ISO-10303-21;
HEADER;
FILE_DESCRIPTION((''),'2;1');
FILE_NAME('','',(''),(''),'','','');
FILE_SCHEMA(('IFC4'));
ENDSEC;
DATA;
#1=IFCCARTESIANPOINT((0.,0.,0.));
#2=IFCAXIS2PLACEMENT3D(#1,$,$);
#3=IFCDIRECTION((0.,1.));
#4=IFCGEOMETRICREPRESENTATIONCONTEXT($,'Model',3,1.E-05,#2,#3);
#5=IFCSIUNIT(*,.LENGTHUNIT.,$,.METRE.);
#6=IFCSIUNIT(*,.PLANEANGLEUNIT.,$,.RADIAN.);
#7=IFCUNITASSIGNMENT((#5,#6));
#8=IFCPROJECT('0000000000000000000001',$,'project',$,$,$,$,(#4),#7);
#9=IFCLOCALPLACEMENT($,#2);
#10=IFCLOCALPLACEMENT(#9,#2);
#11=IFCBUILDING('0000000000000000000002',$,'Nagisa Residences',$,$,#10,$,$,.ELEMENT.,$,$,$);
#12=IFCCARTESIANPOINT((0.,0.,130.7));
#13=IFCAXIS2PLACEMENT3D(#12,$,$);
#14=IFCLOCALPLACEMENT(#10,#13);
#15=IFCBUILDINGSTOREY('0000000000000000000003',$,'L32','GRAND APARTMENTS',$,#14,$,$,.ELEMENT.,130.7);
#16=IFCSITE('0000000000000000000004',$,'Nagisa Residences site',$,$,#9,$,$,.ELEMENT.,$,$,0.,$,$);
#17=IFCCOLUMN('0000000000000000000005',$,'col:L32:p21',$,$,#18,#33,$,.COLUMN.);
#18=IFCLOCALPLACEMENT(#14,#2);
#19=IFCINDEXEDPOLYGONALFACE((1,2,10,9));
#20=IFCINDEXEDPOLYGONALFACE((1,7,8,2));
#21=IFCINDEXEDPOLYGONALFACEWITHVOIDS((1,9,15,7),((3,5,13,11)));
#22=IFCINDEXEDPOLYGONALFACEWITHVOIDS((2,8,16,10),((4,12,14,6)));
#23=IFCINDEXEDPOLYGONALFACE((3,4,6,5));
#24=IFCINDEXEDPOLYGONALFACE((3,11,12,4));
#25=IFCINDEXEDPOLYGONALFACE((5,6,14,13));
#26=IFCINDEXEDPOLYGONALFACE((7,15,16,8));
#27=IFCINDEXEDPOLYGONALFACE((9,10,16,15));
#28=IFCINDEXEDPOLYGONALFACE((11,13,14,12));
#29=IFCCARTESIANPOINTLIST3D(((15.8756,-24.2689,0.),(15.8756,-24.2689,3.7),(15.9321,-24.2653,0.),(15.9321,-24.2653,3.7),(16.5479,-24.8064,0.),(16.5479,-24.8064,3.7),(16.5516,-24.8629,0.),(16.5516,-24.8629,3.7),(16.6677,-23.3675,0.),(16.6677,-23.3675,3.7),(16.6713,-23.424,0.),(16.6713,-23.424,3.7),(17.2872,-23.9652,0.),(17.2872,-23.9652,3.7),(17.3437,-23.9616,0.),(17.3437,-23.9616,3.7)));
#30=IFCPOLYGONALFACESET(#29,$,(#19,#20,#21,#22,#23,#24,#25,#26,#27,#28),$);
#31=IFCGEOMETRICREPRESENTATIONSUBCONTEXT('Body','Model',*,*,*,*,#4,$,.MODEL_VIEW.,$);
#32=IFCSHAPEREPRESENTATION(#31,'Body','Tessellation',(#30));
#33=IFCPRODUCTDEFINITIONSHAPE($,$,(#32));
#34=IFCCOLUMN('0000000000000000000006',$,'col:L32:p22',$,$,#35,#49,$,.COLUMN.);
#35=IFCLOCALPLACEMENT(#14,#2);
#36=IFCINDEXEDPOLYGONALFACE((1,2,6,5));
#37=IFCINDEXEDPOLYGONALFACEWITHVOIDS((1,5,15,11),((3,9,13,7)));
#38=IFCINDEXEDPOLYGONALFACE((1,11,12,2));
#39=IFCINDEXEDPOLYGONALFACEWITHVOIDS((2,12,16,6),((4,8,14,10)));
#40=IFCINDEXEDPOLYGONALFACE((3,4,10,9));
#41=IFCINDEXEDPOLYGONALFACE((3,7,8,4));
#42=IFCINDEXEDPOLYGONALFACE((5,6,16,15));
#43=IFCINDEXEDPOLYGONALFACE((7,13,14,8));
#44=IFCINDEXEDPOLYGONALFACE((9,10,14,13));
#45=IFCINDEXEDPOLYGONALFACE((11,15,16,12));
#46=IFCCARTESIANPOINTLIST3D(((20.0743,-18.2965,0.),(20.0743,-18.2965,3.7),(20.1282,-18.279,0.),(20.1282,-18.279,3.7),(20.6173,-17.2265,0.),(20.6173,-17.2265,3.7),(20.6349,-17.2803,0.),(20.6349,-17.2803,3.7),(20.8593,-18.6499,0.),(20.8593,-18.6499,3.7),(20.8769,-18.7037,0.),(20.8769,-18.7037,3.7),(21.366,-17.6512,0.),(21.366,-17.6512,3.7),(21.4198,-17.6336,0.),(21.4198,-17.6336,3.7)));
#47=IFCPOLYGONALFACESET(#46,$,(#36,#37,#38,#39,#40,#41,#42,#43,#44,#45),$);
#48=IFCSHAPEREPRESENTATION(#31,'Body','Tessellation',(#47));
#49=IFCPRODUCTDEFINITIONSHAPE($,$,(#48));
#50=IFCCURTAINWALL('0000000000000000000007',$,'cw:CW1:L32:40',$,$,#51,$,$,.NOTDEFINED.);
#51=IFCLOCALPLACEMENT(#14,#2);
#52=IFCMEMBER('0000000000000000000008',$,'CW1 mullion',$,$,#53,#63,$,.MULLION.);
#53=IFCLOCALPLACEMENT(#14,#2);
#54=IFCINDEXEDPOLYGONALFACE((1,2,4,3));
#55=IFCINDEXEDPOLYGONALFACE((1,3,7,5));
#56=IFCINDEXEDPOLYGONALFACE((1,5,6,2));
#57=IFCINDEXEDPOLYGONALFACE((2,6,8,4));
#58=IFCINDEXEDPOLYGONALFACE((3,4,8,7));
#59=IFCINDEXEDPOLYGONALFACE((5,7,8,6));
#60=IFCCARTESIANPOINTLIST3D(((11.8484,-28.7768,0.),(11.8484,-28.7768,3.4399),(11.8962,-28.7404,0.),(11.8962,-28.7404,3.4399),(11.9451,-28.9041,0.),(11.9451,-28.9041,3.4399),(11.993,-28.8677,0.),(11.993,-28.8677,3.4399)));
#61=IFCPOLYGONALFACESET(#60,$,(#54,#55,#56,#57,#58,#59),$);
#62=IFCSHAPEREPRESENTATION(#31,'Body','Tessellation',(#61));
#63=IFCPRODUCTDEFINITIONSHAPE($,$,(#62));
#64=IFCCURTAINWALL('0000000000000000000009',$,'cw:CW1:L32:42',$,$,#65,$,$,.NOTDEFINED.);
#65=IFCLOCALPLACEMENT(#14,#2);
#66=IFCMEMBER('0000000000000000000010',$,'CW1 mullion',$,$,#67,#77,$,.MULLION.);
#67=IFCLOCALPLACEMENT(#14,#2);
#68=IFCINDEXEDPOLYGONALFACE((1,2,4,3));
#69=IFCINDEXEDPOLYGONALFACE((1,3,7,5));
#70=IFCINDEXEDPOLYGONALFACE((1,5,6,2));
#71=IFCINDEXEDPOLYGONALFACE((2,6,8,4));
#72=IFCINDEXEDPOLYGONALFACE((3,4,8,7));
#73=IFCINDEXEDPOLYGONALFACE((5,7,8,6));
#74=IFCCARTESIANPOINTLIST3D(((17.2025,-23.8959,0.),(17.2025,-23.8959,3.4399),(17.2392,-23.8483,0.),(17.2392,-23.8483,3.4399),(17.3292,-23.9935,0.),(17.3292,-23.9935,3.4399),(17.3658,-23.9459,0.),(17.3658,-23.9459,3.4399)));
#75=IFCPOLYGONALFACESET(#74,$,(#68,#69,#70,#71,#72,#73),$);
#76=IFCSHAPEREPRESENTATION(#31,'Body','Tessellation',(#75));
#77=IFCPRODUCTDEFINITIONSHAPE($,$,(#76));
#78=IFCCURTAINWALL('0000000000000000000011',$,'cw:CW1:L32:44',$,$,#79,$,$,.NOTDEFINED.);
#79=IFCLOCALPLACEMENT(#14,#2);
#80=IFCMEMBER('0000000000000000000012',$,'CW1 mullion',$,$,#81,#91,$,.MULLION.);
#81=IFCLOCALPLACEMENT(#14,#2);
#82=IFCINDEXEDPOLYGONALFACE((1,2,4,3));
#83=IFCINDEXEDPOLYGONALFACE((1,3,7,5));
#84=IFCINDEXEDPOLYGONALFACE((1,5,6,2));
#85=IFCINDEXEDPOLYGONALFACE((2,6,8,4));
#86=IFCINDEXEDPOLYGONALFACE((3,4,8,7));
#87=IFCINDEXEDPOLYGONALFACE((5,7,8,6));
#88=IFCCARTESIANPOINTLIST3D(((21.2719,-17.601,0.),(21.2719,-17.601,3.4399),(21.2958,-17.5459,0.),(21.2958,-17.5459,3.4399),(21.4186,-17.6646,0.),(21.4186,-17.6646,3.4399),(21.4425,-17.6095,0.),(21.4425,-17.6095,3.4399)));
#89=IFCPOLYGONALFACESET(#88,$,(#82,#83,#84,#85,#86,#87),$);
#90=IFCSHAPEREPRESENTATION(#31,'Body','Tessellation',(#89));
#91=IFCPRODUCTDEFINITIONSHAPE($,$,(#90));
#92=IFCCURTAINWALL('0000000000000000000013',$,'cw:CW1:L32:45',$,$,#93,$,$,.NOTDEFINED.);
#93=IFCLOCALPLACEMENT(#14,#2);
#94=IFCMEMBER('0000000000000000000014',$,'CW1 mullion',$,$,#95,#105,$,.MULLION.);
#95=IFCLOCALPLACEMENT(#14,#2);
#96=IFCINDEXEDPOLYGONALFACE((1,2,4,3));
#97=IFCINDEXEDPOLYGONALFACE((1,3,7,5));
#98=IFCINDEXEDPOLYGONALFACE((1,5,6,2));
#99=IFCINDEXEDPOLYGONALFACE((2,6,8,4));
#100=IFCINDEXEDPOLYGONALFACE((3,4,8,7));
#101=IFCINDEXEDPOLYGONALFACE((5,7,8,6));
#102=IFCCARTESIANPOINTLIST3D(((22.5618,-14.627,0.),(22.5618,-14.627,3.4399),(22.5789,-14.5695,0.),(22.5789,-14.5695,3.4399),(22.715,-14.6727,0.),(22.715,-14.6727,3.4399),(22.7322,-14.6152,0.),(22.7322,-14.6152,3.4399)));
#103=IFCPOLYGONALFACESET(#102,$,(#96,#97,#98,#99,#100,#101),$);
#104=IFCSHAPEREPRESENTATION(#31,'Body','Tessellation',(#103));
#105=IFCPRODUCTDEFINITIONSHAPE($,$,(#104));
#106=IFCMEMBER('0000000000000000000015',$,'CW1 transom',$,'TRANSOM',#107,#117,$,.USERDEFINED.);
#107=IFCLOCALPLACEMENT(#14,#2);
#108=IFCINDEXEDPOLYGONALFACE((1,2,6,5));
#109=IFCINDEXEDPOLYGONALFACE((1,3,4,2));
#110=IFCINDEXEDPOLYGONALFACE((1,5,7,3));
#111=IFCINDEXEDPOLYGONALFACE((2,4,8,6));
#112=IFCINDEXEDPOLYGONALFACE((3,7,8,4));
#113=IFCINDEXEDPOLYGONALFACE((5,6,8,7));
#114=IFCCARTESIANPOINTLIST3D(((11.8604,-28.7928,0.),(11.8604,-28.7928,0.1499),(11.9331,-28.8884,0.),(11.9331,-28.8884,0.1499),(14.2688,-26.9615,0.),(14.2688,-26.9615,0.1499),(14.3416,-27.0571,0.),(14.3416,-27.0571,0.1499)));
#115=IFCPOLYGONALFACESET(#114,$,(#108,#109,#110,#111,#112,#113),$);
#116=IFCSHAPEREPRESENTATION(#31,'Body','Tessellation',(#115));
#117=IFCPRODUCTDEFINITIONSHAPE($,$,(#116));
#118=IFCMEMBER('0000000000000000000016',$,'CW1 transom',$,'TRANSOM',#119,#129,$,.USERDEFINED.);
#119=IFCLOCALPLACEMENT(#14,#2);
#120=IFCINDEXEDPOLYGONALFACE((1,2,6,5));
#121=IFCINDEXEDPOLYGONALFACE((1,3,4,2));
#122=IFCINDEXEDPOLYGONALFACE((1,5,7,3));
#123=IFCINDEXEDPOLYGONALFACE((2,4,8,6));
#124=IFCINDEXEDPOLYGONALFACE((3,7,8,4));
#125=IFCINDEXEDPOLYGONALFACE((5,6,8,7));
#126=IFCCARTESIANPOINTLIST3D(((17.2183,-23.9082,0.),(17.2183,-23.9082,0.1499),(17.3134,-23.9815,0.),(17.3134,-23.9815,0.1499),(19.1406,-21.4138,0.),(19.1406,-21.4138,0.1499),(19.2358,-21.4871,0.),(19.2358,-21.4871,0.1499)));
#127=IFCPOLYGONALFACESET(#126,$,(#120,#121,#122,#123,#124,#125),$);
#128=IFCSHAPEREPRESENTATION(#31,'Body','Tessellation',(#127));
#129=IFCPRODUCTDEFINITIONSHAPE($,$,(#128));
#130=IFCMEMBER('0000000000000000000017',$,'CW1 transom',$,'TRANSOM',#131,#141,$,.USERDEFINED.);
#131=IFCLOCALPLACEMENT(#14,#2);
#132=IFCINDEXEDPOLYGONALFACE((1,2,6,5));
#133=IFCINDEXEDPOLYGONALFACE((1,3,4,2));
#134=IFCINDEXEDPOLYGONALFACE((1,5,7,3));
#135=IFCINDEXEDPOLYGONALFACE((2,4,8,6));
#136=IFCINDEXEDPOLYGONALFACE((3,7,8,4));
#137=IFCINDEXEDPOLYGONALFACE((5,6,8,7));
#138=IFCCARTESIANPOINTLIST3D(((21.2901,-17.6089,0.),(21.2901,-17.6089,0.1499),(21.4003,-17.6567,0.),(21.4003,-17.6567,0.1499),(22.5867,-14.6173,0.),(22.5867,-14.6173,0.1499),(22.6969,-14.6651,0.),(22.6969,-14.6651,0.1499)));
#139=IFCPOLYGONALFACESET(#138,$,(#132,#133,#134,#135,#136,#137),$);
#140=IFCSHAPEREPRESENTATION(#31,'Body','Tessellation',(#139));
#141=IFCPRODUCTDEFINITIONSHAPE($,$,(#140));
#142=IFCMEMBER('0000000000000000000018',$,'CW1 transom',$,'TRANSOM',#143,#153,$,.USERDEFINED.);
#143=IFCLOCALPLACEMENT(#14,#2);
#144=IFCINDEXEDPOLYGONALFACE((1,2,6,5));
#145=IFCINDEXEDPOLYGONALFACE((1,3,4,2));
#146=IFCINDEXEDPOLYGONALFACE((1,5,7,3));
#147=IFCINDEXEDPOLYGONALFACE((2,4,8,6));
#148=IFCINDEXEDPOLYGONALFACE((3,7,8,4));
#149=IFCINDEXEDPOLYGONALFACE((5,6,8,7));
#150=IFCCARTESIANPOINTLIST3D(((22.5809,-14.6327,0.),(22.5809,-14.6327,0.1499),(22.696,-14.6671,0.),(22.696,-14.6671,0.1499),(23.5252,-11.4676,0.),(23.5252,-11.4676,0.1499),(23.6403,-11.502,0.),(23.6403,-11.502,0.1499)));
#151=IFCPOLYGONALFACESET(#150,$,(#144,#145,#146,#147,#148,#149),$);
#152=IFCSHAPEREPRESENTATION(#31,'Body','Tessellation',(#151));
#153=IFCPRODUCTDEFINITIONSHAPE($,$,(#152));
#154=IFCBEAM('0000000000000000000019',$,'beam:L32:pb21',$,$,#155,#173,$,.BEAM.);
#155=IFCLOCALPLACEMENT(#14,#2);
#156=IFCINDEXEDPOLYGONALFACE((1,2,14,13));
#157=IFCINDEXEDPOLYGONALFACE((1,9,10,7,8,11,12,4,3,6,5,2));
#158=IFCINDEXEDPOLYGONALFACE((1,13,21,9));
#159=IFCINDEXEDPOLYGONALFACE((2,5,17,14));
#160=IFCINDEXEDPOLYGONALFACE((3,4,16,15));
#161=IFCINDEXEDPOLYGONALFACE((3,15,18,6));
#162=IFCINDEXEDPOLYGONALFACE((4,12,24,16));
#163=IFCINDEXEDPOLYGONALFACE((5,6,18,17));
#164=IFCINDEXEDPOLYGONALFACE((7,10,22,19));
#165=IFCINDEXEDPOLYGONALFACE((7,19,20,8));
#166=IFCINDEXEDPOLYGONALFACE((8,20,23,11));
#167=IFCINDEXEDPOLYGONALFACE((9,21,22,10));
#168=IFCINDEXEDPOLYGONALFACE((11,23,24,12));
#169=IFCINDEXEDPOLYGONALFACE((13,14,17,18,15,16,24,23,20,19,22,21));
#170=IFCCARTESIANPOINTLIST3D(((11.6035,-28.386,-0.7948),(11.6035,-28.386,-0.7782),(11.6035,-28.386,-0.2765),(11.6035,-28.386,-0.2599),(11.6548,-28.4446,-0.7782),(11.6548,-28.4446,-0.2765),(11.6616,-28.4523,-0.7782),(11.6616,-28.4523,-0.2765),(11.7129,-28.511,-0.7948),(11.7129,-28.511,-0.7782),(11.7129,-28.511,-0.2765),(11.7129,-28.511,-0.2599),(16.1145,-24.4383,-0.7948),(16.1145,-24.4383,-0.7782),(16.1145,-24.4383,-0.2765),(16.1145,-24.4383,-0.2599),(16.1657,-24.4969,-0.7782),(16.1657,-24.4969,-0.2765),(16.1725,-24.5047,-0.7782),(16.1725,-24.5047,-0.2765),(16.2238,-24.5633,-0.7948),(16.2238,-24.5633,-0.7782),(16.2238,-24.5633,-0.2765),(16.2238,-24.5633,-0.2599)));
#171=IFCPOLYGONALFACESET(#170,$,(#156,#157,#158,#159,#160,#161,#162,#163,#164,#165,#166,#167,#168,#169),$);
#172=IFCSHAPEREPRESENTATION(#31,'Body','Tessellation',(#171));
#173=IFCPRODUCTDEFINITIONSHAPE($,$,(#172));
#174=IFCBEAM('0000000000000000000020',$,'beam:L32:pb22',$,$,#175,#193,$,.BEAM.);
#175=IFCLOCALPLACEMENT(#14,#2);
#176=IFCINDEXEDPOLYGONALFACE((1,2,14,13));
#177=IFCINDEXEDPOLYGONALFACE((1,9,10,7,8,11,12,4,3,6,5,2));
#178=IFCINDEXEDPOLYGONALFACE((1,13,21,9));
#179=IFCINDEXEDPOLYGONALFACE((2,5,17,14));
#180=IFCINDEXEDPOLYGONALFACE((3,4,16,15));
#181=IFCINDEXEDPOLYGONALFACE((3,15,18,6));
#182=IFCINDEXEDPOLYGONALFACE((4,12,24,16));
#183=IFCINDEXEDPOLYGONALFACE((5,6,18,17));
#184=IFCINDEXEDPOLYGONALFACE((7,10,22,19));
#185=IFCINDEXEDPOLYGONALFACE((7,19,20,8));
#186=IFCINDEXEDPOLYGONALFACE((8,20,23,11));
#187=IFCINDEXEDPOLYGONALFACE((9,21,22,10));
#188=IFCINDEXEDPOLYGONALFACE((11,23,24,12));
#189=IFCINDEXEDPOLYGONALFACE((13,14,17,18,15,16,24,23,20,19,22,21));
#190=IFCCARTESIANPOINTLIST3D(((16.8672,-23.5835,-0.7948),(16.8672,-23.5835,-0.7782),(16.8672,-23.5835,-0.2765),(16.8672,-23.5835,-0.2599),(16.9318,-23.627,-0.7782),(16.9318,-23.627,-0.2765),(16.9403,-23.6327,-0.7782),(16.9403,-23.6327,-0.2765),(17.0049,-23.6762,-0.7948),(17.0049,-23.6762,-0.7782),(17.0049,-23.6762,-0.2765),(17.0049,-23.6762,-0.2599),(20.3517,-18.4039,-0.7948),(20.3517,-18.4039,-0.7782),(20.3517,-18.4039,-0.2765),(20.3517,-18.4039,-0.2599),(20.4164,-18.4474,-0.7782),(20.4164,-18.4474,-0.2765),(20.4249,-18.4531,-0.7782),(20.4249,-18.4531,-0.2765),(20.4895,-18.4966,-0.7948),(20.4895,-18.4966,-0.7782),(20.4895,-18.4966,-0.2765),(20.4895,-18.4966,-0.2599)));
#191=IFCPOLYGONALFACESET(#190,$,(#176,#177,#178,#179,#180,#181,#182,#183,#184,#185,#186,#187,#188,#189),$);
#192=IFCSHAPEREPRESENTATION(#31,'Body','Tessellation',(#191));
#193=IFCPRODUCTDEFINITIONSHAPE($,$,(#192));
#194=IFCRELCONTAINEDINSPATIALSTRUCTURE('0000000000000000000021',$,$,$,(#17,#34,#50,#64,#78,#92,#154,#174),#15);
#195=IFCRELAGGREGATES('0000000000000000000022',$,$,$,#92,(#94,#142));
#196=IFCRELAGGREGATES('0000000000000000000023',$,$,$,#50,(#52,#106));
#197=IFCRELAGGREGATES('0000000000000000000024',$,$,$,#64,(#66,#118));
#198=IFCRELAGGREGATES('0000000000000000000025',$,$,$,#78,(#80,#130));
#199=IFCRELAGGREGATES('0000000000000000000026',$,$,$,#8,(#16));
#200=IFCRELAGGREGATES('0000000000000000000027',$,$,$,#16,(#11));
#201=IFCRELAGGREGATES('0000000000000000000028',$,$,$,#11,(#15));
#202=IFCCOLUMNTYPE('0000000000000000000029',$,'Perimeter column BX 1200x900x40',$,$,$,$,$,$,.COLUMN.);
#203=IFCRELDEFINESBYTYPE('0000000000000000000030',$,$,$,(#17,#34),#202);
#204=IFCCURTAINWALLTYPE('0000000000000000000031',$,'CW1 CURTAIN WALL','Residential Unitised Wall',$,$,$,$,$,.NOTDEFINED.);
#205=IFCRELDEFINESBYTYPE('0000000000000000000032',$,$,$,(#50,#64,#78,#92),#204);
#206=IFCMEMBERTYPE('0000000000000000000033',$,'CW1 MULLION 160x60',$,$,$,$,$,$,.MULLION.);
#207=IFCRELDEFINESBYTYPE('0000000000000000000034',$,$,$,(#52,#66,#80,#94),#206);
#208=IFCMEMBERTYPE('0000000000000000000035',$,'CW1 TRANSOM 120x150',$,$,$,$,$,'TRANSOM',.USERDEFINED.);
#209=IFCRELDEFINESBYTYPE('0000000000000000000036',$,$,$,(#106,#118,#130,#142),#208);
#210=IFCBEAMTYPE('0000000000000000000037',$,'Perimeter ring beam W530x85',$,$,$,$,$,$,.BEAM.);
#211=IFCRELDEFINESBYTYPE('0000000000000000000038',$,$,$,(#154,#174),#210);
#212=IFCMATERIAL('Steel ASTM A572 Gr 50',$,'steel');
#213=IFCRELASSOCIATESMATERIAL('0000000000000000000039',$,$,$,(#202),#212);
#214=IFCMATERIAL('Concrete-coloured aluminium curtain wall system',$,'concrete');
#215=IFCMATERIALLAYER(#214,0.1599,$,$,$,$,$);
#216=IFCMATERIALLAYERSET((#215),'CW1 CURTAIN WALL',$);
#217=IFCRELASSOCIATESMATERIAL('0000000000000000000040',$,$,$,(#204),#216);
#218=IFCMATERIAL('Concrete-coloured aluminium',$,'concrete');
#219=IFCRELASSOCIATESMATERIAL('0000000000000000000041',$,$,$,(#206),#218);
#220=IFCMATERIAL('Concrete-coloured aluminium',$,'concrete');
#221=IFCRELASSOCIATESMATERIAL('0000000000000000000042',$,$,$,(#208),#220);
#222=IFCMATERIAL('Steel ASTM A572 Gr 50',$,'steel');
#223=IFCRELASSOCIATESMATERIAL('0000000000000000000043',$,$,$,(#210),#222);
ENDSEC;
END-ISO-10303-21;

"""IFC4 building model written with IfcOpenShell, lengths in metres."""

from ifc_helpers import new_model, si_unit, direction, frame, origin, origin_2d, place, context, subcontext, project, spatial, rectangle, hollow_rectangle, i_section, extrude, material, layer, layer_set, material_profile, profile_set, type_object, element, aggregate, save


model = new_model("IFC4")

# Units and contexts
model_context = context("Model", 3, precision=1e-05, world=origin(), true_north=direction((0.0, 1.0)))
body_context = subcontext(model_context, "Body", "Model", "MODEL_VIEW")
ifc_project = project(units=[si_unit("LENGTHUNIT", "METRE"), si_unit("PLANEANGLEUNIT", "RADIAN")], contexts=[model_context])

# Site, building, storey
site_placement = place(None, origin())
site = spatial("IfcSite", under=ifc_project, at=site_placement, Name="Nagisa Residences site", CompositionType="ELEMENT", RefElevation=0.0)
building_placement = place(site_placement, origin())
building = spatial("IfcBuilding", under=site, at=building_placement, Name="Nagisa Residences", CompositionType="ELEMENT")
storey_placement = place(building_placement, frame((0.0, 0.0, 130.7)))
storey = spatial("IfcBuildingStorey", under=building, at=storey_placement, Name="L32", Description="GRAND APARTMENTS", CompositionType="ELEMENT", Elevation=130.7)

# Columns
ifc_material_1 = material(Name="Steel ASTM A572 Gr 50", Category="steel")
ifc_material_profile_1 = material_profile(ifc_material_1, hollow_rectangle(XDim=1.2, YDim=0.8999, WallThickness=0.04, at=origin_2d()), Name="BX 1200x900x40")
ifc_profile_set_1 = profile_set([ifc_material_profile_1], Name="Steel ASTM A572 Gr 50")
column_type = type_object("IfcColumnType", Name="Perimeter column BX 1200x900x40", PredefinedType="COLUMN", material=ifc_profile_set_1)
for number, where, z_axis, x_axis, name in (
    (1, (16.6096, -24.1152, 0.0), (0.0, 0.0, 1.0), (0.660115, 0.751165, 0.0), "col:L32:p21"),
    (2, (20.7471, -17.9651, 0.0), (0.0, 0.0, 1.0), (0.452463, 0.891783, 0.0), "col:L32:p22"),
):
    element("IfcColumn", number, at=place(storey_placement, frame(where, z_axis=z_axis, x_axis=x_axis)), inside=storey, type_object=column_type, Name=name, PredefinedType="COLUMN", context=body_context, shape_type="SweptSolid", body=[
        extrude(hollow_rectangle(XDim=1.2, YDim=0.8999, WallThickness=0.04, at=origin_2d()), origin(), (0.0, 0.0, 1.0), 3.7),
    ])

# Curtain walls, members
ifc_material_2 = material(Name="Concrete-coloured aluminium curtain wall system", Category="concrete")
ifc_layer_1 = layer(ifc_material_2, 0.1599)
ifc_layer_set_1 = layer_set([ifc_layer_1], Name="CW1 CURTAIN WALL")
curtain_wall_type = type_object("IfcCurtainWallType", Name="CW1 CURTAIN WALL", Description="Residential Unitised Wall", PredefinedType="NOTDEFINED", material=ifc_layer_set_1)
curtain_wall_1_placement = place(storey_placement, origin())
curtain_wall_1 = element("IfcCurtainWall", 3, at=curtain_wall_1_placement, inside=storey, type_object=curtain_wall_type, Name="cw:CW1:L32:40", PredefinedType="NOTDEFINED")
ifc_material_3 = material(Name="Concrete-coloured aluminium", Category="concrete")
ifc_material_profile_2 = material_profile(ifc_material_3, rectangle(XDim=0.1599, YDim=0.0601, at=origin_2d()), Name="CW1 MULLION 160x60")
ifc_profile_set_2 = profile_set([ifc_material_profile_2], Name="Concrete-coloured aluminium")
member_type_1 = type_object("IfcMemberType", Name="CW1 MULLION 160x60", PredefinedType="MULLION", material=ifc_profile_set_2)
member_1_placement = place(storey_placement, frame((11.9207, -28.8223, 0.0), z_axis=(0.0, 0.0, 1.0), x_axis=(-0.605255, 0.796031, 0.0)))
member_1 = element("IfcMember", 4, at=member_1_placement, type_object=member_type_1, Name="CW1 mullion", PredefinedType="MULLION", context=body_context, shape_type="SweptSolid", body=[
    extrude(rectangle(XDim=0.1599, YDim=0.0601, at=origin_2d()), origin(), (0.0, 0.0, 1.0), 3.4399),
])
curtain_wall_2_placement = place(storey_placement, origin())
curtain_wall_2 = element("IfcCurtainWall", 5, at=curtain_wall_2_placement, inside=storey, type_object=curtain_wall_type, Name="cw:CW1:L32:42", PredefinedType="NOTDEFINED")
member_2_placement = place(storey_placement, frame((17.2842, -23.9209, 0.0), z_axis=(0.0, 0.0, 1.0), x_axis=(-0.79207, 0.61043, 0.0)))
member_2 = element("IfcMember", 6, at=member_2_placement, type_object=member_type_1, Name="CW1 mullion", PredefinedType="MULLION", context=body_context, shape_type="SweptSolid", body=[
    extrude(rectangle(XDim=0.1599, YDim=0.0601, at=origin_2d()), origin(), (0.0, 0.0, 1.0), 3.4399),
])
curtain_wall_3_placement = place(storey_placement, origin())
curtain_wall_3 = element("IfcCurtainWall", 7, at=curtain_wall_3_placement, inside=storey, type_object=curtain_wall_type, Name="cw:CW1:L32:44", PredefinedType="NOTDEFINED")
member_3_placement = place(storey_placement, frame((21.3572, -17.6052, 0.0), z_axis=(0.0, 0.0, 1.0), x_axis=(-0.917543, 0.397636, 0.0)))
member_3 = element("IfcMember", 8, at=member_3_placement, type_object=member_type_1, Name="CW1 mullion", PredefinedType="MULLION", context=body_context, shape_type="SweptSolid", body=[
    extrude(rectangle(XDim=0.1599, YDim=0.0601, at=origin_2d()), origin(), (0.0, 0.0, 1.0), 3.4399),
])
curtain_wall_4_placement = place(storey_placement, origin())
curtain_wall_4 = element("IfcCurtainWall", 9, at=curtain_wall_4_placement, inside=storey, type_object=curtain_wall_type, Name="cw:CW1:L32:45", PredefinedType="NOTDEFINED")
member_4_placement = place(storey_placement, frame((22.647, -14.6211, 0.0), z_axis=(0.0, 0.0, 1.0), x_axis=(-0.958271, 0.28586, 0.0)))
member_4 = element("IfcMember", 10, at=member_4_placement, type_object=member_type_1, Name="CW1 mullion", PredefinedType="MULLION", context=body_context, shape_type="SweptSolid", body=[
    extrude(rectangle(XDim=0.1599, YDim=0.0601, at=origin_2d()), origin(), (0.0, 0.0, 1.0), 3.4399),
])

# Members
ifc_material_4 = material(Name="Concrete-coloured aluminium", Category="concrete")
ifc_material_profile_3 = material_profile(ifc_material_4, rectangle(XDim=0.1201, YDim=0.1499, at=origin_2d()), Name="CW1 TRANSOM 120x150")
ifc_profile_set_3 = profile_set([ifc_material_profile_3], Name="Concrete-coloured aluminium")
member_type_2 = type_object("IfcMemberType", Name="CW1 TRANSOM 120x150", ElementType="TRANSOM", PredefinedType="USERDEFINED", material=ifc_profile_set_3)
member_5_placement = place(storey_placement, frame((11.8967, -28.8406, 0.075), z_axis=(0.796022, 0.605267, 0.0), x_axis=(-0.605267, 0.796022, 0.0)))
member_5 = element("IfcMember", 11, at=member_5_placement, type_object=member_type_2, Name="CW1 transom", ObjectType="TRANSOM", PredefinedType="USERDEFINED", context=body_context, shape_type="SweptSolid", body=[
    extrude(rectangle(XDim=0.1201, YDim=0.1499, at=origin_2d()), origin(), (0.0, 0.0, 1.0), 3.0256),
])
member_6_placement = place(storey_placement, frame((17.2659, -23.9448, 0.075), z_axis=(0.61043, 0.79207, 0.0), x_axis=(-0.79207, 0.61043, 0.0)))
member_6 = element("IfcMember", 12, at=member_6_placement, type_object=member_type_2, Name="CW1 transom", ObjectType="TRANSOM", PredefinedType="USERDEFINED", context=body_context, shape_type="SweptSolid", body=[
    extrude(rectangle(XDim=0.1201, YDim=0.1499, at=origin_2d()), origin(), (0.0, 0.0, 1.0), 3.1492),
])
member_7_placement = place(storey_placement, frame((21.3452, -17.6328, 0.075), z_axis=(0.397666, 0.91753, 0.0), x_axis=(-0.91753, 0.397666, 0.0)))
member_7 = element("IfcMember", 13, at=member_7_placement, type_object=member_type_2, Name="CW1 transom", ObjectType="TRANSOM", PredefinedType="USERDEFINED", context=body_context, shape_type="SweptSolid", body=[
    extrude(rectangle(XDim=0.1201, YDim=0.1499, at=origin_2d()), origin(), (0.0, 0.0, 1.0), 3.2605),
])
member_8_placement = place(storey_placement, frame((22.6384, -14.6499, 0.075), z_axis=(0.28591, 0.958257, 0.0), x_axis=(-0.958257, 0.28591, 0.0)))
member_8 = element("IfcMember", 14, at=member_8_placement, type_object=member_type_2, Name="CW1 transom", ObjectType="TRANSOM", PredefinedType="USERDEFINED", context=body_context, shape_type="SweptSolid", body=[
    extrude(rectangle(XDim=0.1201, YDim=0.1499, at=origin_2d()), origin(), (0.0, 0.0, 1.0), 3.303),
])
aggregate(curtain_wall_4, [member_4, member_8])

# Beams
ifc_material_5 = material(Name="Steel ASTM A572 Gr 50", Category="steel")
ifc_material_profile_4 = material_profile(ifc_material_5, i_section(OverallWidth=0.166, OverallDepth=0.5349, WebThickness=0.0103, FlangeThickness=0.0166, at=origin_2d()), Name="W530x85")
ifc_profile_set_4 = profile_set([ifc_material_profile_4], Name="Steel ASTM A572 Gr 50")
beam_type_1 = type_object("IfcBeamType", Name="Perimeter ring beam W530x85", PredefinedType="BEAM", material=ifc_profile_set_4)
beam_1_placement = place(storey_placement, frame((11.6582, -28.4485, -0.5273), z_axis=(0.752524, 0.658565, 0.0), x_axis=(-0.658565, 0.752524, 0.0)))
element("IfcBeam", 15, at=beam_1_placement, inside=storey, type_object=beam_type_1, Name="beam:L32:pb21", PredefinedType="BEAM", context=body_context, shape_type="SweptSolid", body=[
    extrude(i_section(OverallWidth=0.166, OverallDepth=0.5349, WebThickness=0.0103, FlangeThickness=0.0166, at=origin_2d()), origin(), (0.0, 0.0, 1.0), 5.9944),
])
beam_2_placement = place(storey_placement, frame((16.936, -23.6299, -0.5273), z_axis=(0.558188, 0.829715, 0.0), x_axis=(-0.829715, 0.558188, 0.0)))
element("IfcBeam", 16, at=beam_2_placement, inside=storey, type_object=beam_type_1, Name="beam:L32:pb22", PredefinedType="BEAM", context=body_context, shape_type="SweptSolid", body=[
    extrude(i_section(OverallWidth=0.166, OverallDepth=0.5349, WebThickness=0.0103, FlangeThickness=0.0166, at=origin_2d()), origin(), (0.0, 0.0, 1.0), 6.2427),
])

aggregate(curtain_wall_1, [member_1, member_5])
aggregate(curtain_wall_2, [member_2, member_6])
aggregate(curtain_wall_3, [member_3, member_7])

save(model, "model.ifc")
